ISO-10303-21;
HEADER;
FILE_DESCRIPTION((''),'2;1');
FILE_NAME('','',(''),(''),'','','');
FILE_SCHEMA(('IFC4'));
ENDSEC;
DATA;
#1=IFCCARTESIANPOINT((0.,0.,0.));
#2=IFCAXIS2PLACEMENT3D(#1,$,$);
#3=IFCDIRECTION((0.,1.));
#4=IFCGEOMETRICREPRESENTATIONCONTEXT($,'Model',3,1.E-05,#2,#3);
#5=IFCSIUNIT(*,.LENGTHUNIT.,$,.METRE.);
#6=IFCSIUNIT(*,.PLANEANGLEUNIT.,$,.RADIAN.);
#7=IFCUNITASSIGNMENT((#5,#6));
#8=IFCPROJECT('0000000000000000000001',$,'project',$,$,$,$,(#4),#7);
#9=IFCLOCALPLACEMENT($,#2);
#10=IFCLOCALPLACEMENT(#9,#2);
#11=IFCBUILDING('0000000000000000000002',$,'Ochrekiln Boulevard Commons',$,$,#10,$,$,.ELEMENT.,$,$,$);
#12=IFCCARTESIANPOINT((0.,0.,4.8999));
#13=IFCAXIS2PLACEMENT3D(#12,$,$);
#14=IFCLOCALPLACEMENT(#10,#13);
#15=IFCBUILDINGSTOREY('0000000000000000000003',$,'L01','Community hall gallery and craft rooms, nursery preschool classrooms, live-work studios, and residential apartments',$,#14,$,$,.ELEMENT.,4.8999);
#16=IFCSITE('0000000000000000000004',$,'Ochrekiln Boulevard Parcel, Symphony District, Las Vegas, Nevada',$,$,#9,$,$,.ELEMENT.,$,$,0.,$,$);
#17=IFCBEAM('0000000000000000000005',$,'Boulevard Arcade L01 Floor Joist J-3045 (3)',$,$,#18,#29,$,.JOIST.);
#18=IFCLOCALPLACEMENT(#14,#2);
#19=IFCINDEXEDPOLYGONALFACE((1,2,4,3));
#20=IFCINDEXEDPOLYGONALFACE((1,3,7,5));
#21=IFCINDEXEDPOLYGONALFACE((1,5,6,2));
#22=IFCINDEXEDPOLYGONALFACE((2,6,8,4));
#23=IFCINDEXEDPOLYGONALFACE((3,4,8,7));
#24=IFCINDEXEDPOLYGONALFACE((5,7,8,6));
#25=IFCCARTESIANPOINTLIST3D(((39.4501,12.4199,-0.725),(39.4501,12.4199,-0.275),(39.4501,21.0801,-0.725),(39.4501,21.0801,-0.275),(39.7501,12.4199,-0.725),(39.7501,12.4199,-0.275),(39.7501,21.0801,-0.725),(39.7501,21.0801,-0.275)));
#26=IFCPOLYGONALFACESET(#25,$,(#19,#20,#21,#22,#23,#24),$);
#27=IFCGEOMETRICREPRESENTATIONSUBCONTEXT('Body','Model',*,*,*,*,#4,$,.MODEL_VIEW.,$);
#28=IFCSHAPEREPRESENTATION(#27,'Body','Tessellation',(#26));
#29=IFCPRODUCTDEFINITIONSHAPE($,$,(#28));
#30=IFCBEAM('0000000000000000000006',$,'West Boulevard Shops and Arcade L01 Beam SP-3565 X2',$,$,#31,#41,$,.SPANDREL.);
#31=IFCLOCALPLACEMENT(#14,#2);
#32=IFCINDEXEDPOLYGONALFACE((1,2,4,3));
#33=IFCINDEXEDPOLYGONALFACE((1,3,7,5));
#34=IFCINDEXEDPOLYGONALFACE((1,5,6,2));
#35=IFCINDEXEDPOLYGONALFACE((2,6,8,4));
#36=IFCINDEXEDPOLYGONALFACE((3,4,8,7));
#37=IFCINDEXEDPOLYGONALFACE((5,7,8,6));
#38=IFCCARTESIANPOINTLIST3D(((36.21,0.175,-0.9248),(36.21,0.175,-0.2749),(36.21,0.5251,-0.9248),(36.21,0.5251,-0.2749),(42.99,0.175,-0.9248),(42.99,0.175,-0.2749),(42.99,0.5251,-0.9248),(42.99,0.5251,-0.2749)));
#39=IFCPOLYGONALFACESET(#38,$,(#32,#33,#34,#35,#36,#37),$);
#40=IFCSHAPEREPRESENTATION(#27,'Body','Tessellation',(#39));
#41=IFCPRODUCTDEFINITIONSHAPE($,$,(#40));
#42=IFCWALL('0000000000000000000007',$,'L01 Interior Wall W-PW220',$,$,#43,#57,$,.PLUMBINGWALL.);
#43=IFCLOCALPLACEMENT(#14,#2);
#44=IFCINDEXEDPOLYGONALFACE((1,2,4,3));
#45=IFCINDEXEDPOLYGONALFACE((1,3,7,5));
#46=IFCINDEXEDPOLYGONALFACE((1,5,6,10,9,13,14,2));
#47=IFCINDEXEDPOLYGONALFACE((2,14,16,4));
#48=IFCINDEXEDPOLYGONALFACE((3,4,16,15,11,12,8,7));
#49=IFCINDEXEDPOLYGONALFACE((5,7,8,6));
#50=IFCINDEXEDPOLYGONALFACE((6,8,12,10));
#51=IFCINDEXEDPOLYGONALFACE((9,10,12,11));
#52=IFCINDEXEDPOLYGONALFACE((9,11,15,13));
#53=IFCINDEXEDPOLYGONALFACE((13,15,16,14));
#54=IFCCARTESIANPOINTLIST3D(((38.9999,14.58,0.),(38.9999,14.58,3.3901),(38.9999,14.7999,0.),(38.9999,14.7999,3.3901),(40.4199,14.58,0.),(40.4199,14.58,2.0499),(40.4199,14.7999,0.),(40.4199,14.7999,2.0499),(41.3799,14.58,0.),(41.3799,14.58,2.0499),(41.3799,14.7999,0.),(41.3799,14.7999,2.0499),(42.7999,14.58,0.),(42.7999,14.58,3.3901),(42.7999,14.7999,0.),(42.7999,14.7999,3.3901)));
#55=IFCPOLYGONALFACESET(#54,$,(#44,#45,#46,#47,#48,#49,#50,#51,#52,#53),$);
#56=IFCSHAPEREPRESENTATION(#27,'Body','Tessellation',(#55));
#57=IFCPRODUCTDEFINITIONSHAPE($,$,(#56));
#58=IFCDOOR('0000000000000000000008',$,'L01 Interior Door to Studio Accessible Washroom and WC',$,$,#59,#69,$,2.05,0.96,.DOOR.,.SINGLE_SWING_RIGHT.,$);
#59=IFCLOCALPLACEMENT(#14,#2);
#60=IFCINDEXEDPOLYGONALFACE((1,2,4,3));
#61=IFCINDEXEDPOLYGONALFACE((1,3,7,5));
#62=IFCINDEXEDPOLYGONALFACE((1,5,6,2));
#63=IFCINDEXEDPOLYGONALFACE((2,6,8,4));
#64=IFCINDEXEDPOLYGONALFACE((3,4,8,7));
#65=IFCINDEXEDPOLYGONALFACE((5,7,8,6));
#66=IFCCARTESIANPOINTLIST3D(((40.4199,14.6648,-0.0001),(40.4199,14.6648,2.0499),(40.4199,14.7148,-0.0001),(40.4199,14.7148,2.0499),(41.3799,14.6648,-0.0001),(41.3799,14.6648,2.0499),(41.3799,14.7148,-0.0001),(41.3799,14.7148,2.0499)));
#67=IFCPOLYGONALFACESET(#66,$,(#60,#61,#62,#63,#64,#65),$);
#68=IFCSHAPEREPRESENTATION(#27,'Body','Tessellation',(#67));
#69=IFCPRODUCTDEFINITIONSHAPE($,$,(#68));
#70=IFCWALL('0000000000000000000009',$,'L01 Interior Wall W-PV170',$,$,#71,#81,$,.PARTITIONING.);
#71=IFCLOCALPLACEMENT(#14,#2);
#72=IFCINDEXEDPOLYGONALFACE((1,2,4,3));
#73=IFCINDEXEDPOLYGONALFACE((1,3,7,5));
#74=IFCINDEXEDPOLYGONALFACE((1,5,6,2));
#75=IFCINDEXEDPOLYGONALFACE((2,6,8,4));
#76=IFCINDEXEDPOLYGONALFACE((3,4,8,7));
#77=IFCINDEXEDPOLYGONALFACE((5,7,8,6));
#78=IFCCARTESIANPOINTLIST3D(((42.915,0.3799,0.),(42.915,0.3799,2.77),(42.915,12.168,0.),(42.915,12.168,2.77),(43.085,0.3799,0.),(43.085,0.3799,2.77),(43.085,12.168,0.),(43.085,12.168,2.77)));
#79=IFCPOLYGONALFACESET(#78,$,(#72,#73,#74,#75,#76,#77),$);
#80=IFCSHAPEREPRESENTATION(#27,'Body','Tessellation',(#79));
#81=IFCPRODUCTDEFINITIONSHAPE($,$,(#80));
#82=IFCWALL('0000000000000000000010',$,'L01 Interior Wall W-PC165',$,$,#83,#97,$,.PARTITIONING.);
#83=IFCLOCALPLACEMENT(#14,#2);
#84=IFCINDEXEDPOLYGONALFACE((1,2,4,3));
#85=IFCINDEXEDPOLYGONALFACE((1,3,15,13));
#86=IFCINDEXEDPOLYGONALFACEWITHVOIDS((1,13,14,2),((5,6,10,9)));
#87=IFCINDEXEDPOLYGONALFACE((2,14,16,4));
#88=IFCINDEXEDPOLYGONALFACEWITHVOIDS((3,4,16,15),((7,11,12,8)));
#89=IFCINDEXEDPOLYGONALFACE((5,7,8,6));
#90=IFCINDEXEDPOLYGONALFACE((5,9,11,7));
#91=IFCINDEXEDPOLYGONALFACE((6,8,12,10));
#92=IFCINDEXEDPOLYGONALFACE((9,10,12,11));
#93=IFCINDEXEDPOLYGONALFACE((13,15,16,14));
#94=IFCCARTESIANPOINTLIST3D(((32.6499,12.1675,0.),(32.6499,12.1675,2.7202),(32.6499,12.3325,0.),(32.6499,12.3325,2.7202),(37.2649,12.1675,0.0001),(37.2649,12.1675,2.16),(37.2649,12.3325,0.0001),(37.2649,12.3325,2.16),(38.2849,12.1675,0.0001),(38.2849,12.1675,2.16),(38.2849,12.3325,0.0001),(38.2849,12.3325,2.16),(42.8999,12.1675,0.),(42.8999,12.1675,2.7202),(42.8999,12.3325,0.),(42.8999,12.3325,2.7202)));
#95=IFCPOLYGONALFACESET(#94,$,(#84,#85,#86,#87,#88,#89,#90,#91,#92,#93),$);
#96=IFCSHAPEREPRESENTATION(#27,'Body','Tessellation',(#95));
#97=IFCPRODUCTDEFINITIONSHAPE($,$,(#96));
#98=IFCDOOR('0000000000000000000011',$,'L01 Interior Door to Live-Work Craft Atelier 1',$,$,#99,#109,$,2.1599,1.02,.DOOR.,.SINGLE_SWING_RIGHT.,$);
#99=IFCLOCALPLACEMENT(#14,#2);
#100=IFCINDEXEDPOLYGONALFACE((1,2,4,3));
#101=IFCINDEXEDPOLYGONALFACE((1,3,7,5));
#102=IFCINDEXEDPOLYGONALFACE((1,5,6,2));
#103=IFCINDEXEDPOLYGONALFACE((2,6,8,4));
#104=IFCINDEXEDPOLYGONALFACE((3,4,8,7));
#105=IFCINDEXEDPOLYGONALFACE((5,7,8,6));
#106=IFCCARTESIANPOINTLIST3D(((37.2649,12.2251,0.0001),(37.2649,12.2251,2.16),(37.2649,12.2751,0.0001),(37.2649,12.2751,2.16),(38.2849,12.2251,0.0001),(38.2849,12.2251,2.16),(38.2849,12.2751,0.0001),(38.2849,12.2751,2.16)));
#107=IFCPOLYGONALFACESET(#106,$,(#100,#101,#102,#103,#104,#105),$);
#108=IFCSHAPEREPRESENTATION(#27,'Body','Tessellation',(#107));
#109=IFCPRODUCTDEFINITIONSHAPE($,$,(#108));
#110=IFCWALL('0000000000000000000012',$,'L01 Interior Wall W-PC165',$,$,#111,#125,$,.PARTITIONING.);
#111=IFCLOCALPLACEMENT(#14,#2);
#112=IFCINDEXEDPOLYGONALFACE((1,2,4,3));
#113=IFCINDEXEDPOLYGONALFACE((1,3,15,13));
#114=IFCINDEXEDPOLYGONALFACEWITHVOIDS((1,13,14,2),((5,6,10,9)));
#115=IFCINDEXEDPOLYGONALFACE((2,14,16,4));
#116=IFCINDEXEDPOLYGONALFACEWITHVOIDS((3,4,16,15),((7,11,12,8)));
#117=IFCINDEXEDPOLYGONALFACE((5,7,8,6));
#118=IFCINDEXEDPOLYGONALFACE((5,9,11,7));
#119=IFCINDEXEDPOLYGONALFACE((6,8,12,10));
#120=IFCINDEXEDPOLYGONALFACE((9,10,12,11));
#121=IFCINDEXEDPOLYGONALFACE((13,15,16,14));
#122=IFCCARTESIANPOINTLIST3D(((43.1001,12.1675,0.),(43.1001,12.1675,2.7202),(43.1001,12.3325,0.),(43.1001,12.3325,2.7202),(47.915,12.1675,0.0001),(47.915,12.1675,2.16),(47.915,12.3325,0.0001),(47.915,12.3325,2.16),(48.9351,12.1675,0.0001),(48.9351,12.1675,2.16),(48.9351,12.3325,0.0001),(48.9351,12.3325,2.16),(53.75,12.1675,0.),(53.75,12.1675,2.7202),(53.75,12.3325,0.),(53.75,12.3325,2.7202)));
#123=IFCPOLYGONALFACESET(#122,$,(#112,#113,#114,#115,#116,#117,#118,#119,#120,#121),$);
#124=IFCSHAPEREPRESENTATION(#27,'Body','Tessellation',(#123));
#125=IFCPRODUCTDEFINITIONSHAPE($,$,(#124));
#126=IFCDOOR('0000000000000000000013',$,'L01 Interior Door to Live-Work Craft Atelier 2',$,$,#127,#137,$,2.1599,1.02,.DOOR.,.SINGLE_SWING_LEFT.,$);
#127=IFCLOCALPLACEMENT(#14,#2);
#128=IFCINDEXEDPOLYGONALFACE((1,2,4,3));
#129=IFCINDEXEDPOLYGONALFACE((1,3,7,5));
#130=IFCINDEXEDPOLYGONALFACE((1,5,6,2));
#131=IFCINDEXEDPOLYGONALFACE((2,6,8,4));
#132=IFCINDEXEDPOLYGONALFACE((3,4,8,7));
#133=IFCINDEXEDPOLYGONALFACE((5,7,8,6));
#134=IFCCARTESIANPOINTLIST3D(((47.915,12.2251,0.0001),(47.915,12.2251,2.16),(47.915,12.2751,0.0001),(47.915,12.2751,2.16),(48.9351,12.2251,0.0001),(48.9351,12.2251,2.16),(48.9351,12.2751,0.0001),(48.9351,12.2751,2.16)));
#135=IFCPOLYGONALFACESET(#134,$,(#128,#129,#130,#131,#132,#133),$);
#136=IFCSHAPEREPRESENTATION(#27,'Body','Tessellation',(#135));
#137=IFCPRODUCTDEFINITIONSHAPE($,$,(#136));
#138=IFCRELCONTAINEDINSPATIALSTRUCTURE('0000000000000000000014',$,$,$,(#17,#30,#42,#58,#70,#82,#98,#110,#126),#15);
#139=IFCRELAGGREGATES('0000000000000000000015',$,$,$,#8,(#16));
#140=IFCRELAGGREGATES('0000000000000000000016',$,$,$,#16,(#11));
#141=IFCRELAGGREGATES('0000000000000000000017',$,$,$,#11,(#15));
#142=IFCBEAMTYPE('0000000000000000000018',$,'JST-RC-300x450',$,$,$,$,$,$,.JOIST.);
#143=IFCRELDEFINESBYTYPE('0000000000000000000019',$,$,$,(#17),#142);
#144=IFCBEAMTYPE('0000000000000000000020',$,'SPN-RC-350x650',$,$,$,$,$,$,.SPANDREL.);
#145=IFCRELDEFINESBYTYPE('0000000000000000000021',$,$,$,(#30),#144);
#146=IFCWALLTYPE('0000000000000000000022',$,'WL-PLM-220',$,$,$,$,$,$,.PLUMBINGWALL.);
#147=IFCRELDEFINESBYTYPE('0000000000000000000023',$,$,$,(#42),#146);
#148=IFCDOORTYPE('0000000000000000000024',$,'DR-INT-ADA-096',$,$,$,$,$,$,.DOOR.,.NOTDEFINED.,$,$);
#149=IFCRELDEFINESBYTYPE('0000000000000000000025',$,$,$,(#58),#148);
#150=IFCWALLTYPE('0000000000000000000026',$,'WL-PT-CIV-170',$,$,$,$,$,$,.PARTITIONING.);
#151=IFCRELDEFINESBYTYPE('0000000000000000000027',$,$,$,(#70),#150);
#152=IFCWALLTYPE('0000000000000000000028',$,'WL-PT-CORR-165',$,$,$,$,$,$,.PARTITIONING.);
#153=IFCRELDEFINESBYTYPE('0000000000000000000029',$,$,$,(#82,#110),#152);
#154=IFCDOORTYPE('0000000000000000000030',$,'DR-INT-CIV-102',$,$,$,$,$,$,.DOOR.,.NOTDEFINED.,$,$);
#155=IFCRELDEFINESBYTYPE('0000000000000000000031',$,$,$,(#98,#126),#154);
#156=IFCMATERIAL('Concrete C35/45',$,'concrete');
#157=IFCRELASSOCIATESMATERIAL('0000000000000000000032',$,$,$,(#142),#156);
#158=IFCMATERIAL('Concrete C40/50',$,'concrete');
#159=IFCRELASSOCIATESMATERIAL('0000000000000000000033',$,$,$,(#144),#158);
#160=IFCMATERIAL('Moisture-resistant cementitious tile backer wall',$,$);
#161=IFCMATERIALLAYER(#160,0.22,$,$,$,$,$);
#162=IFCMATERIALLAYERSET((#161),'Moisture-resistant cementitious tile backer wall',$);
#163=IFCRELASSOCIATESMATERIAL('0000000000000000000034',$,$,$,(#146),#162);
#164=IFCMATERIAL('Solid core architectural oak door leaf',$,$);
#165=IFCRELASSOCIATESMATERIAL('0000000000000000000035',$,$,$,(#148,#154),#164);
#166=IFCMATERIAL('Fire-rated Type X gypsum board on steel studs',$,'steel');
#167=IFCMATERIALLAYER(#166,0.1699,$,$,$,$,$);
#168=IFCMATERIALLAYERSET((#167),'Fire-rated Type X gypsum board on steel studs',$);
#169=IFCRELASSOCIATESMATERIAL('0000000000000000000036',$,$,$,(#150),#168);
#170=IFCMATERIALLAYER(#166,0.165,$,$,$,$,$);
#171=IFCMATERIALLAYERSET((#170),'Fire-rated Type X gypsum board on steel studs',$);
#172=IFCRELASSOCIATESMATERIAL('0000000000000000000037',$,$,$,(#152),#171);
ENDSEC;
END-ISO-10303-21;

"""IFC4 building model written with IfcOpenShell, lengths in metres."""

from ifc_helpers import new_model, si_unit, direction, frame, frame_2d, origin, origin_2d, place, context, subcontext, project, spatial, rectangle, extrude, material, layer, layer_set, material_profile, profile_set, type_object, element, fill, save


model = new_model("IFC4")

# Units and contexts
model_context = context("Model", 3, precision=1e-05, world=origin(), true_north=direction((0.0, 1.0)))
body_context = subcontext(model_context, "Body", "Model", "MODEL_VIEW")
ifc_project = project(units=[si_unit("LENGTHUNIT", "METRE"), si_unit("PLANEANGLEUNIT", "RADIAN")], contexts=[model_context])

# Site, building, storey
site_placement = place(None, origin())
site = spatial("IfcSite", under=ifc_project, at=site_placement, Name="Ochrekiln Boulevard Parcel, Symphony District, Las Vegas, Nevada", CompositionType="ELEMENT", RefElevation=0.0)
building_placement = place(site_placement, origin())
building = spatial("IfcBuilding", under=site, at=building_placement, Name="Ochrekiln Boulevard Commons", CompositionType="ELEMENT")
storey_placement = place(building_placement, frame((0.0, 0.0, 4.8999)))
storey = spatial("IfcBuildingStorey", under=building, at=storey_placement, Name="L01", Description="Community hall gallery and craft rooms, nursery preschool classrooms, live-work studios, and residential apartments", CompositionType="ELEMENT", Elevation=4.8999)

# Shared definitions
ifc_material_1 = material(Name="Concrete C35/45", Category="concrete")
ifc_material_2 = material(Name="Concrete C40/50", Category="concrete")

# Beams
ifc_material_profile_1 = material_profile(ifc_material_1, rectangle(XDim=0.3, YDim=0.45, at=origin_2d()), Name="RC-JST-300x450")
ifc_profile_set_1 = profile_set([ifc_material_profile_1], Name="Concrete C35/45")
beam_type_1 = type_object("IfcBeamType", Name="JST-RC-300x450", PredefinedType="JOIST", material=ifc_profile_set_1)
beam_1_placement = place(storey_placement, frame((39.6001, 12.4199, -0.5), z_axis=(0.0, 1.0, 0.0), x_axis=(-1.0, 0.0, 0.0)))
element("IfcBeam", 1, at=beam_1_placement, inside=storey, type_object=beam_type_1, Name="Boulevard Arcade L01 Floor Joist J-3045 (3)", PredefinedType="JOIST", context=body_context, shape_type="SweptSolid", body=[
    extrude(rectangle(XDim=0.3, YDim=0.45, at=origin_2d()), origin(), (0.0, 0.0, 1.0), 8.6602),
])
ifc_material_profile_2 = material_profile(ifc_material_2, rectangle(XDim=0.3501, YDim=0.6499, at=origin_2d()), Name="RC-SPN-350x650")
ifc_profile_set_2 = profile_set([ifc_material_profile_2], Name="Concrete C40/50")
beam_type_2 = type_object("IfcBeamType", Name="SPN-RC-350x650", PredefinedType="SPANDREL", material=ifc_profile_set_2)
beam_2_placement = place(storey_placement, frame((36.21, 0.3501, -0.5999), z_axis=(1.0, 0.0, 0.0), x_axis=(0.0, 1.0, 0.0)))
element("IfcBeam", 2, at=beam_2_placement, inside=storey, type_object=beam_type_2, Name="West Boulevard Shops and Arcade L01 Beam SP-3565 X2", PredefinedType="SPANDREL", context=body_context, shape_type="SweptSolid", body=[
    extrude(rectangle(XDim=0.3501, YDim=0.6499, at=origin_2d()), origin(), (0.0, 0.0, 1.0), 6.78),
])

# Wall, opening, door
ifc_material_3 = material(Name="Moisture-resistant cementitious tile backer wall")
ifc_layer_1 = layer(ifc_material_3, 0.22)
ifc_layer_set_1 = layer_set([ifc_layer_1], Name="Moisture-resistant cementitious tile backer wall")
wall_type_1 = type_object("IfcWallType", Name="WL-PLM-220", PredefinedType="PLUMBINGWALL", material=ifc_layer_set_1)
wall_1_placement = place(storey_placement, frame((39.0, 14.6899, 0.0), z_axis=(0.0, 0.0, 1.0), x_axis=(1.0, 0.0, 0.0)))
wall_1 = element("IfcWall", 3, at=wall_1_placement, inside=storey, type_object=wall_type_1, Name="L01 Interior Wall W-PW220", PredefinedType="PLUMBINGWALL", context=body_context, shape_type="SweptSolid", body=[
    extrude(rectangle(XDim=3.8, YDim=0.22, at=frame_2d((1.8999, 0.0))), origin(), (0.0, 0.0, 1.0), 3.3901),
])
opening_1_placement = place(wall_1_placement, frame((1.4199, 0.0, 0.0)))
opening_1 = element("IfcOpeningElement", 4, at=opening_1_placement, cuts=wall_1, PredefinedType="OPENING", context=body_context, shape_type="SweptSolid", body=[
    extrude(rectangle(XDim=0.96, YDim=2.05, at=frame_2d((0.48, 1.0249))), frame((0.0, 0.1199, 0.0), z_axis=(0.0, -1.0, 0.0), x_axis=(1.0, 0.0, 0.0)), (0.0, 0.0, 1.0), 0.24),
])
ifc_material_4 = material(Name="Solid core architectural oak door leaf")
door_type_1 = type_object("IfcDoorType", Name="DR-INT-ADA-096", OperationType="NOTDEFINED", PredefinedType="DOOR", material=ifc_material_4)
door_1_placement = place(opening_1_placement, origin())
door_1 = element("IfcDoor", 5, at=door_1_placement, inside=storey, type_object=door_type_1, Name="L01 Interior Door to Studio Accessible Washroom and WC", OperationType="SINGLE_SWING_RIGHT", OverallHeight=2.05, OverallWidth=0.96, PredefinedType="DOOR", context=body_context, shape_type="SweptSolid", body=[
    extrude(rectangle(XDim=0.96, YDim=2.05, at=frame_2d((0.48, 1.0249))), frame((0.0, 0.0249, 0.0), z_axis=(0.0, -1.0, 0.0), x_axis=(1.0, 0.0, 0.0)), (0.0, 0.0, 1.0), 0.05),
])
fill(opening_1, door_1)

# Wall
ifc_material_5 = material(Name="Fire-rated Type X gypsum board on steel studs", Category="steel")
ifc_layer_2 = layer(ifc_material_5, 0.1699)
ifc_layer_set_2 = layer_set([ifc_layer_2], Name="Fire-rated Type X gypsum board on steel studs")
wall_type_2 = type_object("IfcWallType", Name="WL-PT-CIV-170", PredefinedType="PARTITIONING", material=ifc_layer_set_2)
wall_2_placement = place(storey_placement, frame((43.0, 0.3799, 0.0), z_axis=(0.0, 0.0, 1.0), x_axis=(0.0, 1.0, 0.0)))
element("IfcWall", 6, at=wall_2_placement, inside=storey, type_object=wall_type_2, Name="L01 Interior Wall W-PV170", PredefinedType="PARTITIONING", context=body_context, shape_type="SweptSolid", body=[
    extrude(rectangle(XDim=11.7881, YDim=0.1699, at=frame_2d((5.894, 0.0))), origin(), (0.0, 0.0, 1.0), 2.77),
])

# Walls, openings, doors
ifc_layer_3 = layer(ifc_material_5, 0.165)
ifc_layer_set_3 = layer_set([ifc_layer_3], Name="Fire-rated Type X gypsum board on steel studs")
wall_type_3 = type_object("IfcWallType", Name="WL-PT-CORR-165", PredefinedType="PARTITIONING", material=ifc_layer_set_3)
wall_3_placement = place(storey_placement, frame((32.6499, 12.25, 0.0), z_axis=(0.0, 0.0, 1.0), x_axis=(1.0, 0.0, 0.0)))
wall_3 = element("IfcWall", 7, at=wall_3_placement, inside=storey, type_object=wall_type_3, Name="L01 Interior Wall W-PC165", PredefinedType="PARTITIONING", context=body_context, shape_type="SweptSolid", body=[
    extrude(rectangle(XDim=10.25, YDim=0.165, at=frame_2d((5.125, 0.0))), origin(), (0.0, 0.0, 1.0), 2.7202),
])
opening_2_placement = place(wall_3_placement, frame((4.615, 0.0, 0.0)))
opening_2 = element("IfcOpeningElement", 8, at=opening_2_placement, cuts=wall_3, PredefinedType="OPENING", context=body_context, shape_type="SweptSolid", body=[
    extrude(rectangle(XDim=1.02, YDim=2.1599, at=frame_2d((0.51, 1.0801))), frame((0.0, 0.0925, 0.0), z_axis=(0.0, -1.0, 0.0), x_axis=(1.0, 0.0, 0.0)), (0.0, 0.0, 1.0), 0.1851),
])
door_type_2 = type_object("IfcDoorType", Name="DR-INT-CIV-102", OperationType="NOTDEFINED", PredefinedType="DOOR", material=ifc_material_4)
door_2_placement = place(opening_2_placement, frame((1.02, 0.0, 0.0), z_axis=(0.0, 0.0, 1.0), x_axis=(-1.0, 0.0, 0.0)))
door_2 = element("IfcDoor", 9, at=door_2_placement, inside=storey, type_object=door_type_2, Name="L01 Interior Door to Live-Work Craft Atelier 1", OperationType="SINGLE_SWING_RIGHT", OverallHeight=2.1599, OverallWidth=1.02, PredefinedType="DOOR", context=body_context, shape_type="SweptSolid", body=[
    extrude(rectangle(XDim=1.02, YDim=2.1599, at=frame_2d((0.51, 1.0801))), frame((0.0, 0.0249, 0.0), z_axis=(0.0, -1.0, 0.0), x_axis=(1.0, 0.0, 0.0)), (0.0, 0.0, 1.0), 0.05),
])
fill(opening_2, door_2)
wall_4_placement = place(storey_placement, frame((43.1001, 12.25, 0.0), z_axis=(0.0, 0.0, 1.0), x_axis=(1.0, 0.0, 0.0)))
wall_4 = element("IfcWall", 10, at=wall_4_placement, inside=storey, type_object=wall_type_3, Name="L01 Interior Wall W-PC165", PredefinedType="PARTITIONING", context=body_context, shape_type="SweptSolid", body=[
    extrude(rectangle(XDim=10.6499, YDim=0.165, at=frame_2d((5.325, 0.0))), origin(), (0.0, 0.0, 1.0), 2.7202),
])
opening_3_placement = place(wall_4_placement, frame((4.8149, 0.0, 0.0)))
opening_3 = element("IfcOpeningElement", 11, at=opening_3_placement, cuts=wall_4, PredefinedType="OPENING", context=body_context, shape_type="SweptSolid", body=[
    extrude(rectangle(XDim=1.02, YDim=2.1599, at=frame_2d((0.51, 1.0801))), frame((0.0, 0.0925, 0.0), z_axis=(0.0, -1.0, 0.0), x_axis=(1.0, 0.0, 0.0)), (0.0, 0.0, 1.0), 0.1851),
])
door_3_placement = place(opening_3_placement, frame((1.02, 0.0, 0.0), z_axis=(0.0, 0.0, 1.0), x_axis=(-1.0, 0.0, 0.0)))
door_3 = element("IfcDoor", 12, at=door_3_placement, inside=storey, type_object=door_type_2, Name="L01 Interior Door to Live-Work Craft Atelier 2", OperationType="SINGLE_SWING_LEFT", OverallHeight=2.1599, OverallWidth=1.02, PredefinedType="DOOR", context=body_context, shape_type="SweptSolid", body=[
    extrude(rectangle(XDim=1.02, YDim=2.1599, at=frame_2d((0.51, 1.0801))), frame((0.0, 0.0249, 0.0), z_axis=(0.0, -1.0, 0.0), x_axis=(1.0, 0.0, 0.0)), (0.0, 0.0, 1.0), 0.05),
])
fill(opening_3, door_3)

save(model, "model.ifc")
